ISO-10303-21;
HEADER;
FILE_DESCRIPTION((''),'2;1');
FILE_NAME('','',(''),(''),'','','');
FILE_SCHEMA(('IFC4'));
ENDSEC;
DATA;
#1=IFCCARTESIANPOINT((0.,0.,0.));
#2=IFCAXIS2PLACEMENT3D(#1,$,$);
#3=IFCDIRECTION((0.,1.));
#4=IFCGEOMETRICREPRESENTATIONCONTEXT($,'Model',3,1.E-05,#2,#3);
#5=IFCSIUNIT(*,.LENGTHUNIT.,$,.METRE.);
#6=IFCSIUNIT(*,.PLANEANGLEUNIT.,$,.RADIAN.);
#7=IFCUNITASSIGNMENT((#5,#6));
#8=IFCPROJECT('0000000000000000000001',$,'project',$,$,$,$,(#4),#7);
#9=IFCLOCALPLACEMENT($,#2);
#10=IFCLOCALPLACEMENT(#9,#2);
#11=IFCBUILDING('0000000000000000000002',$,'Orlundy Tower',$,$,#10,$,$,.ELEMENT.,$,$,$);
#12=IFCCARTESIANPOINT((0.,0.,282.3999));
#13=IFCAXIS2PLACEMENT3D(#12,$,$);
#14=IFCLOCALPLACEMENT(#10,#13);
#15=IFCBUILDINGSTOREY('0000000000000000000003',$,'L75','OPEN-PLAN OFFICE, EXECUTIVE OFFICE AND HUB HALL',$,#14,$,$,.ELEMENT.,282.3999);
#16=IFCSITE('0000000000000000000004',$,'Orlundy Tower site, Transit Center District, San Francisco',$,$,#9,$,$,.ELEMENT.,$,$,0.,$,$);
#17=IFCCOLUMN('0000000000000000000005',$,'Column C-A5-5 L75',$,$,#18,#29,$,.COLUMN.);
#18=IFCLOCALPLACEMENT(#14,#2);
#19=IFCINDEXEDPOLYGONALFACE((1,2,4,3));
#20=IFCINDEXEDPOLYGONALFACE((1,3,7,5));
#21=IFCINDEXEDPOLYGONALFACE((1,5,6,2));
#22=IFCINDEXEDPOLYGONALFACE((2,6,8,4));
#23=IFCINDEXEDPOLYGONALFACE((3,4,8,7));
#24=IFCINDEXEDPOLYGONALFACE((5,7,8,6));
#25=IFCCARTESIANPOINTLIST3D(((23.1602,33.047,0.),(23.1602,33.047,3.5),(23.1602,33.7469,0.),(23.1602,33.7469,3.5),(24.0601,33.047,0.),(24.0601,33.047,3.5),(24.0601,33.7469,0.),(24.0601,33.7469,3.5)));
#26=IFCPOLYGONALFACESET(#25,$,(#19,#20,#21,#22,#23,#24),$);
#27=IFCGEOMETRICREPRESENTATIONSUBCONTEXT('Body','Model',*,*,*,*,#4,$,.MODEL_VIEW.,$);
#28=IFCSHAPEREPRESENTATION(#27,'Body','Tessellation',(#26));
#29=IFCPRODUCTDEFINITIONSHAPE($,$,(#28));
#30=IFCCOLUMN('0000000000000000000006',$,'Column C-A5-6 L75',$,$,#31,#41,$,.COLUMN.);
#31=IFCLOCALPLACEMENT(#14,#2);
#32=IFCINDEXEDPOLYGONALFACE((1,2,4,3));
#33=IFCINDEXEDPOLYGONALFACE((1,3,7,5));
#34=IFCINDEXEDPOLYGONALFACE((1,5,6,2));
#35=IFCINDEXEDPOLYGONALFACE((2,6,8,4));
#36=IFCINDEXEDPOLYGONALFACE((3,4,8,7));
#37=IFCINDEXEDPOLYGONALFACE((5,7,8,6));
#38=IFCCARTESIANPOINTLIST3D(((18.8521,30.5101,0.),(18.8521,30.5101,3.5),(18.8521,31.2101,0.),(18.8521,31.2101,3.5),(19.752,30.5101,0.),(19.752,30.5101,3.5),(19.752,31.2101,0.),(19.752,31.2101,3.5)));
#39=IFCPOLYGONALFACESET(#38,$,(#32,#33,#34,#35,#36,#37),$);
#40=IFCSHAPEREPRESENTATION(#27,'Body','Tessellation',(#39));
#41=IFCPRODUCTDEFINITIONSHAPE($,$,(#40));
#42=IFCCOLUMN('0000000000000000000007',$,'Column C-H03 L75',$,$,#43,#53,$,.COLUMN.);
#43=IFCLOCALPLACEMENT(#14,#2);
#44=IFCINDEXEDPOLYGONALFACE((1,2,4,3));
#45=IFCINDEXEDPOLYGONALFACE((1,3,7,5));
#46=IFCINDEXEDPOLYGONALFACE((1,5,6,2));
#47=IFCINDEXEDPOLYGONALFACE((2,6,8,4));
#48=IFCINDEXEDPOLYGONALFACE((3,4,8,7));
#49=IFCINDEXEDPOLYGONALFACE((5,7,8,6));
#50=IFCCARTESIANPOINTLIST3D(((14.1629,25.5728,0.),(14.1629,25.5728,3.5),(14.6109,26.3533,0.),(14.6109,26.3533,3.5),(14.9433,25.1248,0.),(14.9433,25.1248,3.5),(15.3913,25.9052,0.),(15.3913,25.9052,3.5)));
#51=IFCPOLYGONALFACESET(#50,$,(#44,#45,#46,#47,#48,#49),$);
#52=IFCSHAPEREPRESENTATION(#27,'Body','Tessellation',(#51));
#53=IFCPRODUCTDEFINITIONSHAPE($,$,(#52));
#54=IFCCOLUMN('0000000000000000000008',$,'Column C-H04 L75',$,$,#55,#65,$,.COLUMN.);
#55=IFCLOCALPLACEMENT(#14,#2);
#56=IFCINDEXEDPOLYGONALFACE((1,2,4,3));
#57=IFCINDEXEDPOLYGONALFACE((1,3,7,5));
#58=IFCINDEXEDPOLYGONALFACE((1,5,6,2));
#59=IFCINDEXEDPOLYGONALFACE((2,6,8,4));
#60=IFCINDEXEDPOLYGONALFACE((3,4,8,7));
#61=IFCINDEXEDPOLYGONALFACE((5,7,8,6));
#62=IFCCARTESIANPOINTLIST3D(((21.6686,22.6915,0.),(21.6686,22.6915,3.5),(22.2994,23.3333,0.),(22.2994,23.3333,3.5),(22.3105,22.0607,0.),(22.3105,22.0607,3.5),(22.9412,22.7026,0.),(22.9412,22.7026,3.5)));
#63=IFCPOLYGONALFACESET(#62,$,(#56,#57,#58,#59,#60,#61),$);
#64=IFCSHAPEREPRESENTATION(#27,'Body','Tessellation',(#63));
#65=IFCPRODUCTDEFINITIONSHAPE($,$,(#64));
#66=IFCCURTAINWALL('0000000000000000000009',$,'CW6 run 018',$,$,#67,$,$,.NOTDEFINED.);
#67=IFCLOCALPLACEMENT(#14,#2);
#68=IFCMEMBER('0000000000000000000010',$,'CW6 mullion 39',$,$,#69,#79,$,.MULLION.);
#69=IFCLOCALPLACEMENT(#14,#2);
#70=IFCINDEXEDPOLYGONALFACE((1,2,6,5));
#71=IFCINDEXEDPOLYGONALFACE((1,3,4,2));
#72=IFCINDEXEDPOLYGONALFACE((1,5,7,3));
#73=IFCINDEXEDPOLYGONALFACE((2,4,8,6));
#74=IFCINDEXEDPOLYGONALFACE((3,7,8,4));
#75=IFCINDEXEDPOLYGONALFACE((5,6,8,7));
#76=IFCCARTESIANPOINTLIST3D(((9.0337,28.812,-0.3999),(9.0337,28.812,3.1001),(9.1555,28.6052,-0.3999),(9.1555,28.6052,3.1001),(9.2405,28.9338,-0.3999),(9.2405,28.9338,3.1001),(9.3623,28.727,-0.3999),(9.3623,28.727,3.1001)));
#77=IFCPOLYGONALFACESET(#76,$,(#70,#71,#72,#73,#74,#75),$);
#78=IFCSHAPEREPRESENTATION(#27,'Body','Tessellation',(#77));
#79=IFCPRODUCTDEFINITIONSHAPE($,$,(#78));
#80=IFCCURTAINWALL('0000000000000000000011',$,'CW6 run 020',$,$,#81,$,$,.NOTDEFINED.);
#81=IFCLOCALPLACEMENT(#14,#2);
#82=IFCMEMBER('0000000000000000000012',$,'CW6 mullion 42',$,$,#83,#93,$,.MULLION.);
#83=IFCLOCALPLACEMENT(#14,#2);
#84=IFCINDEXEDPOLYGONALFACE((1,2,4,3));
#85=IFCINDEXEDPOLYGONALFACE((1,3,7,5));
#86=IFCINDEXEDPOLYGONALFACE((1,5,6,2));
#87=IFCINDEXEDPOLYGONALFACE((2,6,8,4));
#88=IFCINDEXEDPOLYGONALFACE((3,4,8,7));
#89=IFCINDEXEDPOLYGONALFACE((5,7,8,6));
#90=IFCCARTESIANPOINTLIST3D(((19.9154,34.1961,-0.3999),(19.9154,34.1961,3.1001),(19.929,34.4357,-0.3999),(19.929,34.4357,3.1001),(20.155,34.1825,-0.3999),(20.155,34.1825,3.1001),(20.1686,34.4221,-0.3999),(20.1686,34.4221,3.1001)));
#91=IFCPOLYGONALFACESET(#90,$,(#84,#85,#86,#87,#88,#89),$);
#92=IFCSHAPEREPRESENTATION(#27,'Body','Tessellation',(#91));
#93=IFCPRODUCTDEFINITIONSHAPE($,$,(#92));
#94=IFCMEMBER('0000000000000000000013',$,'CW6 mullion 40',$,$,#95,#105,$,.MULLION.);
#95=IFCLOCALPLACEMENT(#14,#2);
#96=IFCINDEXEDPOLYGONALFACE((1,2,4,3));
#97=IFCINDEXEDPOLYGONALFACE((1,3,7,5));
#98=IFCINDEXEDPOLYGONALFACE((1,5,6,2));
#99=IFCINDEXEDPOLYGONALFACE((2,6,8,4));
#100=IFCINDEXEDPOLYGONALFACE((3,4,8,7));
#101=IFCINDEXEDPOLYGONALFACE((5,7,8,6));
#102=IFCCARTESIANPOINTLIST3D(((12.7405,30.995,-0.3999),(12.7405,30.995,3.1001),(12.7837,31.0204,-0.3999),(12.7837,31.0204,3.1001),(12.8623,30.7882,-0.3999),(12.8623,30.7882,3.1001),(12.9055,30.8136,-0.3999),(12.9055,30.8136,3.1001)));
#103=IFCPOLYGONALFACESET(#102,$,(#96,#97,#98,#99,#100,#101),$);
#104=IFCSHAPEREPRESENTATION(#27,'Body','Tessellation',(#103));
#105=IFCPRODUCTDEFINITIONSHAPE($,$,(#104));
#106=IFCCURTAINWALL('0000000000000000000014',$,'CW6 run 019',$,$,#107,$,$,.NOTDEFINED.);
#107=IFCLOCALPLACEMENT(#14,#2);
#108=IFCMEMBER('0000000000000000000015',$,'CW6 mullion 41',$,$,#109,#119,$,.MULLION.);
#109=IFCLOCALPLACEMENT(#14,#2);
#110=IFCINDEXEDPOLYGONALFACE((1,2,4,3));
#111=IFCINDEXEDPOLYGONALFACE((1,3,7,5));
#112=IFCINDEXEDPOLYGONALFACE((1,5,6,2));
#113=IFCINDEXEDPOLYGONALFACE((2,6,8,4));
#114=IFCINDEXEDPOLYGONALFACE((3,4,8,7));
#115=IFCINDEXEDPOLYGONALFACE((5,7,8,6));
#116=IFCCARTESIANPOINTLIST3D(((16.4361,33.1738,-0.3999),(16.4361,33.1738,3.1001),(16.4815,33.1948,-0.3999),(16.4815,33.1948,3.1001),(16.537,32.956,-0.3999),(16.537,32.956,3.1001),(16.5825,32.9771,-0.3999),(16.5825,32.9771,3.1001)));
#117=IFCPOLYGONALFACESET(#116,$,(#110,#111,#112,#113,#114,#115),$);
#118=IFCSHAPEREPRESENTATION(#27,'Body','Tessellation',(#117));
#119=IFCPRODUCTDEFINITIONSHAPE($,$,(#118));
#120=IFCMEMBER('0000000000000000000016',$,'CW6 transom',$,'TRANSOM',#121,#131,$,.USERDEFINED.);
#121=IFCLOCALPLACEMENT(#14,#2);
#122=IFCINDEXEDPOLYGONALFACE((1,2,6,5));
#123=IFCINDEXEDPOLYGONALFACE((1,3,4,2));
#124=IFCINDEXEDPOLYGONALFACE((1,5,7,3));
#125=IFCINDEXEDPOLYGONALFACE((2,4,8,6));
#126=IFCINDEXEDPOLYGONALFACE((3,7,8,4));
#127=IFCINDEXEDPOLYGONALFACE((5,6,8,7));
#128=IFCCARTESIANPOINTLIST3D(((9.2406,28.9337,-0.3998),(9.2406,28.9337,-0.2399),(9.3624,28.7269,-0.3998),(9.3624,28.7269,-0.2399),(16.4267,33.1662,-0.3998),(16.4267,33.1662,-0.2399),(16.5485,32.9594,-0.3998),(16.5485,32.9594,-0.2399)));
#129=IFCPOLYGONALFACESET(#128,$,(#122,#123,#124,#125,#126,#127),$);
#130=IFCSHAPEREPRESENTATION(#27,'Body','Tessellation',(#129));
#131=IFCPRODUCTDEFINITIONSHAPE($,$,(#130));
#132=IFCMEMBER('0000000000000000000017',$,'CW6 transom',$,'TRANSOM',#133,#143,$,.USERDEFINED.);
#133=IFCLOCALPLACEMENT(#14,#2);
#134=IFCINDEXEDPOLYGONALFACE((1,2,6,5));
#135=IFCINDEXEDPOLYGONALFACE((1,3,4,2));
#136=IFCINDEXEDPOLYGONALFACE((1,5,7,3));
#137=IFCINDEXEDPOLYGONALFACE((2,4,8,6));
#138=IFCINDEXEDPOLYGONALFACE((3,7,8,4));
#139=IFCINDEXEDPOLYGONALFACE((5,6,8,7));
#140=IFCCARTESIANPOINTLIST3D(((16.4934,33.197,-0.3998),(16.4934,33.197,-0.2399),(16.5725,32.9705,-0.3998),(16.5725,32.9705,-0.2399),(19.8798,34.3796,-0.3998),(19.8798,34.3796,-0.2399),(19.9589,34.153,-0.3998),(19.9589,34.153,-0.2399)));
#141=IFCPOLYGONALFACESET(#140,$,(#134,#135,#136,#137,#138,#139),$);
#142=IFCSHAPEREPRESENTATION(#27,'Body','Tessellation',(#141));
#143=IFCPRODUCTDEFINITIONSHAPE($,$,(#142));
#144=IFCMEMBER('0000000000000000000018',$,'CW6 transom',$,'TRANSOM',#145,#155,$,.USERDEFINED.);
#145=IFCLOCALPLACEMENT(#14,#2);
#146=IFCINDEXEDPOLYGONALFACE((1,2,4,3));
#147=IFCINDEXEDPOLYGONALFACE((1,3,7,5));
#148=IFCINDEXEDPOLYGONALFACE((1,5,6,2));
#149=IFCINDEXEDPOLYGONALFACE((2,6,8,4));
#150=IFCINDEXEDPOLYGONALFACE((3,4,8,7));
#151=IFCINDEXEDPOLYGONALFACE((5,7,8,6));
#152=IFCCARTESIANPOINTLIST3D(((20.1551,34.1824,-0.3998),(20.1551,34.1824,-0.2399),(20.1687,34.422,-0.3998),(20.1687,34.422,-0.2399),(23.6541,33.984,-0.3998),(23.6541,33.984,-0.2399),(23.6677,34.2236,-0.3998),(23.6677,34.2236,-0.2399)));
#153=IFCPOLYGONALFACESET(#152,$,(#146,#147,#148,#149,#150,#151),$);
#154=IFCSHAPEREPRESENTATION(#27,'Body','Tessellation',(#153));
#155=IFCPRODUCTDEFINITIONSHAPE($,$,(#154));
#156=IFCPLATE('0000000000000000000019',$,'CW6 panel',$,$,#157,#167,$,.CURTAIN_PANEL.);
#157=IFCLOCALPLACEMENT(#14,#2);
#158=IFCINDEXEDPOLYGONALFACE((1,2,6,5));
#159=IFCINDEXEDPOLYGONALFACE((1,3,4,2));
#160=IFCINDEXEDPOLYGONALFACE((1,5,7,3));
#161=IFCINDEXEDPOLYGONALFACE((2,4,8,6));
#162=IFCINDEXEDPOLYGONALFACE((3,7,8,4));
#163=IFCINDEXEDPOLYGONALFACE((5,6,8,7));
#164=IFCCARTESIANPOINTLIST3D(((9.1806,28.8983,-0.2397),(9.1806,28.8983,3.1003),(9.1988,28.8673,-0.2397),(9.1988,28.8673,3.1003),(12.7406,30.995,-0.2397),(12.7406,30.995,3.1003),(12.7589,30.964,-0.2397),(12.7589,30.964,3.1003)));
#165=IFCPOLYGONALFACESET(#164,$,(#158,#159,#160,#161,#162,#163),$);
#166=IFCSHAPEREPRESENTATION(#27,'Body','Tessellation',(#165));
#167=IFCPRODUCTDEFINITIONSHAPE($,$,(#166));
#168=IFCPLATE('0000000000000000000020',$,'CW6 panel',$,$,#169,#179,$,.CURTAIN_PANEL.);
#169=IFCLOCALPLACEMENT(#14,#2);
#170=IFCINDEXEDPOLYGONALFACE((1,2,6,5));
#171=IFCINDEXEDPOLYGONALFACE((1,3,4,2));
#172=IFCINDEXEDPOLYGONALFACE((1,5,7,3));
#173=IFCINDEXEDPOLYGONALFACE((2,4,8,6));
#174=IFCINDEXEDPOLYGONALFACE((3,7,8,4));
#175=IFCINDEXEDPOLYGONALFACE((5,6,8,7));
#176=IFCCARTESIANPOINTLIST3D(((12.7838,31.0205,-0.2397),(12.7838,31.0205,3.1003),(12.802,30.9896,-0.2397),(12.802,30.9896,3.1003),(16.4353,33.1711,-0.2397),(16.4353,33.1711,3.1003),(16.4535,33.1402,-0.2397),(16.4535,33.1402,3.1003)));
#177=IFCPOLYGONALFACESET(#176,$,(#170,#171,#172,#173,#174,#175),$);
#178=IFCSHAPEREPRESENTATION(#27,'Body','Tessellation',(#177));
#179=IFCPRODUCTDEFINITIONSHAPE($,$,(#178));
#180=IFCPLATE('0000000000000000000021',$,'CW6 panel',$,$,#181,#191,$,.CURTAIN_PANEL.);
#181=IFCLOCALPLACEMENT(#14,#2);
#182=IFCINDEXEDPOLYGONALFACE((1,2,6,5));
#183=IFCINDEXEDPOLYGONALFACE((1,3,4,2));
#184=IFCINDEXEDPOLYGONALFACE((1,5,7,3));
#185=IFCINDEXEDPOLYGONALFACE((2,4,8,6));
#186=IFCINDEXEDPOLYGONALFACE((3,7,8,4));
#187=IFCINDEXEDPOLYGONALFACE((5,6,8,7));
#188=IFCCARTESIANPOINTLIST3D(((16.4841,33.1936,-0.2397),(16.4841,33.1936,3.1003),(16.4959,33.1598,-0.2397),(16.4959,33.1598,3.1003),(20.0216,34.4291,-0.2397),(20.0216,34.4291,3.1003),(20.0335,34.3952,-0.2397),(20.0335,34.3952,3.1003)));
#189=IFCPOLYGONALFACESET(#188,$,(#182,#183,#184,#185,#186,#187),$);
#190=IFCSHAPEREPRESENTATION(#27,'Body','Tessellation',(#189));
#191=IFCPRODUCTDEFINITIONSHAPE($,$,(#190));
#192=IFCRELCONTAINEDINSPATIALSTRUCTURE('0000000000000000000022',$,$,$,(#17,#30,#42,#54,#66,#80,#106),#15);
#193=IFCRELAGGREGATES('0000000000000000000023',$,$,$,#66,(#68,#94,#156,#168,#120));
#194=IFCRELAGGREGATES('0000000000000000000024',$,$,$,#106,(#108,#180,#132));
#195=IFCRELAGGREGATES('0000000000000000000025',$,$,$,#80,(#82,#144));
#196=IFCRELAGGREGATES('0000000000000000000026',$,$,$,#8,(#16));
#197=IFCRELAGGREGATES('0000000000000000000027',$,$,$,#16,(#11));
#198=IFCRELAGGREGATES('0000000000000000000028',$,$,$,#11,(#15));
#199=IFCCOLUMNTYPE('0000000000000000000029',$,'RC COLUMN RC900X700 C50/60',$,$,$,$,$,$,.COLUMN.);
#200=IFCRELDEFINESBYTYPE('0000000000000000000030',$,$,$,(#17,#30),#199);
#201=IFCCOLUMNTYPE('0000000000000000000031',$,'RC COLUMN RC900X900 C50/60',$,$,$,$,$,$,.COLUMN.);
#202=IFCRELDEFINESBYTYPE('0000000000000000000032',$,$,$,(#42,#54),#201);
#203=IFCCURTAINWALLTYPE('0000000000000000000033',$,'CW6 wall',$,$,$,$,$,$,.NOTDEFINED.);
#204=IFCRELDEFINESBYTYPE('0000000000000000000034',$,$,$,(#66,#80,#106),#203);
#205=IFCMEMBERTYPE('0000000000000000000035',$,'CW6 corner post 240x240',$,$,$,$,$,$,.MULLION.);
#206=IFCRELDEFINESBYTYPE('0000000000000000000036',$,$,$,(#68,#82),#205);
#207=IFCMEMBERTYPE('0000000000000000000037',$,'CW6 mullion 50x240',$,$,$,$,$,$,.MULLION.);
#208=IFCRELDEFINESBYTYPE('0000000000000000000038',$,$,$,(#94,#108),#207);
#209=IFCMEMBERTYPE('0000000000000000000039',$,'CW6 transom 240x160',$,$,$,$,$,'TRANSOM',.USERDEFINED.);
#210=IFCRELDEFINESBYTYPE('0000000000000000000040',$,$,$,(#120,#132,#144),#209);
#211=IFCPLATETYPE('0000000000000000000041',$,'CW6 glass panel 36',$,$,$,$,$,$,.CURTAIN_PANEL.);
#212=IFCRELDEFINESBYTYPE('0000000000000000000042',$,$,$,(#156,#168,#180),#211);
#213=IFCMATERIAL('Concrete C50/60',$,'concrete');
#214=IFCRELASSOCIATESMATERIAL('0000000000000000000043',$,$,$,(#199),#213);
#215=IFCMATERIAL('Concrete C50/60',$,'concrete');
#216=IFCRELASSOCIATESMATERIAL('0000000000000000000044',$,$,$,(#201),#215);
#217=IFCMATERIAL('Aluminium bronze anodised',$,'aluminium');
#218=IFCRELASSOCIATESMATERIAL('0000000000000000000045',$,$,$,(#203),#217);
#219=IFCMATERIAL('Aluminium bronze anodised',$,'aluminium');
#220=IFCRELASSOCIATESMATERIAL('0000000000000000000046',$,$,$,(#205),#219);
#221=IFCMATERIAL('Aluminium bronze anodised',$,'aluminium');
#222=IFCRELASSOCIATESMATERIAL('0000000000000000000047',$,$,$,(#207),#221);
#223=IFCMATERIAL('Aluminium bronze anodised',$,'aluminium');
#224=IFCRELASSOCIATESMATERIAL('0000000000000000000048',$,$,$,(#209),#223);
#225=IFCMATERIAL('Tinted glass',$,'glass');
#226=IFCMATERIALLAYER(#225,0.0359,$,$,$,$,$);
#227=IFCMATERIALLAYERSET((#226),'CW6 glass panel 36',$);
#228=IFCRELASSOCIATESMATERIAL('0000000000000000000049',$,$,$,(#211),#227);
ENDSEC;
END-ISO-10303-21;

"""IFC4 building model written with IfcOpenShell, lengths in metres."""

from ifc_helpers import new_model, si_unit, direction, frame, origin, origin_2d, place, context, subcontext, project, spatial, rectangle, extrude, material, layer, layer_set, material_profile, profile_set, type_object, element, aggregate, save


model = new_model("IFC4")

# Units and contexts
model_context = context("Model", 3, precision=1e-05, world=origin(), true_north=direction((0.0, 1.0)))
body_context = subcontext(model_context, "Body", "Model", "MODEL_VIEW")
ifc_project = project(units=[si_unit("LENGTHUNIT", "METRE"), si_unit("PLANEANGLEUNIT", "RADIAN")], contexts=[model_context])

# Site, building, storey
site_placement = place(None, origin())
site = spatial("IfcSite", under=ifc_project, at=site_placement, Name="Orlundy Tower site, Transit Center District, San Francisco", CompositionType="ELEMENT", RefElevation=0.0)
building_placement = place(site_placement, origin())
building = spatial("IfcBuilding", under=site, at=building_placement, Name="Orlundy Tower", CompositionType="ELEMENT")
storey_placement = place(building_placement, frame((0.0, 0.0, 282.3999)))
storey = spatial("IfcBuildingStorey", under=building, at=storey_placement, Name="L75", Description="OPEN-PLAN OFFICE, EXECUTIVE OFFICE AND HUB HALL", CompositionType="ELEMENT", Elevation=282.3999)

# Columns
ifc_material_1 = material(Name="Concrete C50/60", Category="concrete")
ifc_material_profile_1 = material_profile(ifc_material_1, rectangle(XDim=0.8999, YDim=0.7, at=origin_2d()), Name="RC900X700")
ifc_profile_set_1 = profile_set([ifc_material_profile_1], Name="Concrete C50/60")
column_type_1 = type_object("IfcColumnType", Name="RC COLUMN RC900X700 C50/60", PredefinedType="COLUMN", material=ifc_profile_set_1)
for number, where, z_axis, x_axis, name in (
    (1, (23.6101, 33.397, 0.0), (0.0, 0.0, 1.0), (1.0, 0.0, 0.0), "Column C-A5-5 L75"),
    (2, (19.302, 30.8601, 0.0), (0.0, 0.0, 1.0), (1.0, 0.0, 0.0), "Column C-A5-6 L75"),
):
    element("IfcColumn", number, at=place(storey_placement, frame(where, z_axis=z_axis, x_axis=x_axis)), inside=storey, type_object=column_type_1, Name=name, PredefinedType="COLUMN", context=body_context, shape_type="SweptSolid", body=[
        extrude(rectangle(XDim=0.8999, YDim=0.7, at=origin_2d()), origin(), (0.0, 0.0, 1.0), 3.5),
    ])
ifc_material_2 = material(Name="Concrete C50/60", Category="concrete")
ifc_material_profile_2 = material_profile(ifc_material_2, rectangle(XDim=0.8999, YDim=0.8999, at=origin_2d()), Name="RC900X900")
ifc_profile_set_2 = profile_set([ifc_material_profile_2], Name="Concrete C50/60")
column_type_2 = type_object("IfcColumnType", Name="RC COLUMN RC900X900 C50/60", PredefinedType="COLUMN", material=ifc_profile_set_2)
for number, where, z_axis, x_axis, name in (
    (3, (14.7771, 25.739, 0.0), (0.0, 0.0, 1.0), (0.497898, 0.867236, 0.0), "Column C-H03 L75"),
    (4, (22.3049, 22.697, 0.0), (0.0, 0.0, 1.0), (0.700922, 0.713238, 0.0), "Column C-H04 L75"),
):
    element("IfcColumn", number, at=place(storey_placement, frame(where, z_axis=z_axis, x_axis=x_axis)), inside=storey, type_object=column_type_2, Name=name, PredefinedType="COLUMN", context=body_context, shape_type="SweptSolid", body=[
        extrude(rectangle(XDim=0.8999, YDim=0.8999, at=origin_2d()), origin(), (0.0, 0.0, 1.0), 3.5),
    ])

# Curtain walls, members
ifc_material_3 = material(Name="Aluminium bronze anodised", Category="aluminium")
curtain_wall_type = type_object("IfcCurtainWallType", Name="CW6 wall", PredefinedType="NOTDEFINED", material=ifc_material_3)
curtain_wall_1_placement = place(storey_placement, origin())
curtain_wall_1 = element("IfcCurtainWall", 5, at=curtain_wall_1_placement, inside=storey, type_object=curtain_wall_type, Name="CW6 run 018", PredefinedType="NOTDEFINED")
ifc_material_4 = material(Name="Aluminium bronze anodised", Category="aluminium")
ifc_material_profile_3 = material_profile(ifc_material_4, rectangle(XDim=0.24, YDim=0.24, at=origin_2d()), Name="CW6 corner post 240x240")
ifc_profile_set_3 = profile_set([ifc_material_profile_3], Name="Aluminium bronze anodised")
member_type_1 = type_object("IfcMemberType", Name="CW6 corner post 240x240", PredefinedType="MULLION", material=ifc_profile_set_3)
member_1_placement = place(storey_placement, frame((9.198, 28.7695, -0.3999), z_axis=(0.0, 0.0, 1.0), x_axis=(-0.507481, 0.861663, 0.0)))
member_1 = element("IfcMember", 6, at=member_1_placement, type_object=member_type_1, Name="CW6 mullion 39", PredefinedType="MULLION", context=body_context, shape_type="SweptSolid", body=[
    extrude(rectangle(XDim=0.24, YDim=0.24, at=origin_2d()), origin(), (0.0, 0.0, 1.0), 3.5),
])
curtain_wall_2_placement = place(storey_placement, origin())
curtain_wall_2 = element("IfcCurtainWall", 7, at=curtain_wall_2_placement, inside=storey, type_object=curtain_wall_type, Name="CW6 run 020", PredefinedType="NOTDEFINED")
member_2_placement = place(storey_placement, frame((20.042, 34.3091, -0.3999), z_axis=(0.0, 0.0, 1.0), x_axis=(0.05665, 0.998394, 0.0)))
member_2 = element("IfcMember", 8, at=member_2_placement, type_object=member_type_1, Name="CW6 mullion 42", PredefinedType="MULLION", context=body_context, shape_type="SweptSolid", body=[
    extrude(rectangle(XDim=0.24, YDim=0.24, at=origin_2d()), origin(), (0.0, 0.0, 1.0), 3.5),
])

# Member
ifc_material_5 = material(Name="Aluminium bronze anodised", Category="aluminium")
ifc_material_profile_4 = material_profile(ifc_material_5, rectangle(XDim=0.24, YDim=0.05, at=origin_2d()), Name="CW6 mullion 50x240")
ifc_profile_set_4 = profile_set([ifc_material_profile_4], Name="Aluminium bronze anodised")
member_type_2 = type_object("IfcMemberType", Name="CW6 mullion 50x240", PredefinedType="MULLION", material=ifc_profile_set_4)
member_3_placement = place(storey_placement, frame((12.823, 30.9043, -0.3999), z_axis=(0.0, 0.0, 1.0), x_axis=(-0.507481, 0.861663, 0.0)))
member_3 = element("IfcMember", 9, at=member_3_placement, type_object=member_type_2, Name="CW6 mullion 40", PredefinedType="MULLION", context=body_context, shape_type="SweptSolid", body=[
    extrude(rectangle(XDim=0.24, YDim=0.05, at=origin_2d()), origin(), (0.0, 0.0, 1.0), 3.5),
])

# Curtain wall, member
curtain_wall_3_placement = place(storey_placement, origin())
curtain_wall_3 = element("IfcCurtainWall", 10, at=curtain_wall_3_placement, inside=storey, type_object=curtain_wall_type, Name="CW6 run 019", PredefinedType="NOTDEFINED")
member_4_placement = place(storey_placement, frame((16.5093, 33.0754, -0.3999), z_axis=(0.0, 0.0, 1.0), x_axis=(-0.420621, 0.907237, 0.0)))
member_4 = element("IfcMember", 11, at=member_4_placement, type_object=member_type_2, Name="CW6 mullion 41", PredefinedType="MULLION", context=body_context, shape_type="SweptSolid", body=[
    extrude(rectangle(XDim=0.24, YDim=0.05, at=origin_2d()), origin(), (0.0, 0.0, 1.0), 3.5),
])

# Members
ifc_material_6 = material(Name="Aluminium bronze anodised", Category="aluminium")
ifc_material_profile_5 = material_profile(ifc_material_6, rectangle(XDim=0.24, YDim=0.1599, at=origin_2d()), Name="CW6 transom 240x160")
ifc_profile_set_5 = profile_set([ifc_material_profile_5], Name="Aluminium bronze anodised")
member_type_3 = type_object("IfcMemberType", Name="CW6 transom 240x160", ElementType="TRANSOM", PredefinedType="USERDEFINED", material=ifc_profile_set_5)
member_5_placement = place(storey_placement, frame((9.3015, 28.8303, -0.3198), z_axis=(0.861654, 0.507496, 0.0), x_axis=(-0.507496, 0.861654, 0.0)))
member_5 = element("IfcMember", 12, at=member_5_placement, type_object=member_type_3, Name="CW6 transom", ObjectType="TRANSOM", PredefinedType="USERDEFINED", context=body_context, shape_type="SweptSolid", body=[
    extrude(rectangle(XDim=0.24, YDim=0.1599, at=origin_2d()), origin(), (0.0, 0.0, 1.0), 8.3398),
])
member_6_placement = place(storey_placement, frame((16.533, 33.0837, -0.3198), z_axis=(0.944088, 0.329692, 0.0), x_axis=(-0.329692, 0.944088, 0.0)))
member_6 = element("IfcMember", 13, at=member_6_placement, type_object=member_type_3, Name="CW6 transom", ObjectType="TRANSOM", PredefinedType="USERDEFINED", context=body_context, shape_type="SweptSolid", body=[
    extrude(rectangle(XDim=0.24, YDim=0.1599, at=origin_2d()), origin(), (0.0, 0.0, 1.0), 3.5869),
])
member_7_placement = place(storey_placement, frame((20.1619, 34.3022, -0.3198), z_axis=(0.998395, -0.056635, 0.0), x_axis=(0.056635, 0.998395, 0.0)))
member_7 = element("IfcMember", 14, at=member_7_placement, type_object=member_type_3, Name="CW6 transom", ObjectType="TRANSOM", PredefinedType="USERDEFINED", context=body_context, shape_type="SweptSolid", body=[
    extrude(rectangle(XDim=0.24, YDim=0.1599, at=origin_2d()), origin(), (0.0, 0.0, 1.0), 3.5046),
])

# Plates
ifc_material_7 = material(Name="Tinted glass", Category="glass")
ifc_layer_1 = layer(ifc_material_7, 0.0359)
ifc_layer_set_1 = layer_set([ifc_layer_1], Name="CW6 glass panel 36")
plate_type = type_object("IfcPlateType", Name="CW6 glass panel 36", PredefinedType="CURTAIN_PANEL", material=ifc_layer_set_1)
plate_1_placement = place(storey_placement, frame((10.9697, 29.9312, -0.2397), z_axis=(0.0, 0.0, 1.0), x_axis=(0.861663, 0.507481, 0.0)))
plate_1 = element("IfcPlate", 15, at=plate_1_placement, type_object=plate_type, Name="CW6 panel", PredefinedType="CURTAIN_PANEL", context=body_context, shape_type="SweptSolid", body=[
    extrude(rectangle(XDim=4.1316, YDim=0.0359, at=origin_2d()), origin(), (0.0, 0.0, 1.0), 3.3401),
])
plate_2_placement = place(storey_placement, frame((14.6187, 32.0803, -0.2397), z_axis=(0.0, 0.0, 1.0), x_axis=(0.861663, 0.507481, 0.0)))
plate_2 = element("IfcPlate", 16, at=plate_2_placement, type_object=plate_type, Name="CW6 panel", PredefinedType="CURTAIN_PANEL", context=body_context, shape_type="SweptSolid", body=[
    extrude(rectangle(XDim=4.2378, YDim=0.0359, at=origin_2d()), origin(), (0.0, 0.0, 1.0), 3.3401),
])
aggregate(curtain_wall_1, [member_1, member_3, plate_1, plate_2, member_5])
plate_3_placement = place(storey_placement, frame((18.2588, 33.7944, -0.2397), z_axis=(0.0, 0.0, 1.0), x_axis=(0.944081, 0.329713, 0.0)))
plate_3 = element("IfcPlate", 17, at=plate_3_placement, type_object=plate_type, Name="CW6 panel", PredefinedType="CURTAIN_PANEL", context=body_context, shape_type="SweptSolid", body=[
    extrude(rectangle(XDim=3.7471, YDim=0.0359, at=origin_2d()), origin(), (0.0, 0.0, 1.0), 3.3401),
])
aggregate(curtain_wall_3, [member_4, plate_3, member_6])
aggregate(curtain_wall_2, [member_2, member_7])

save(model, "model.ifc")
